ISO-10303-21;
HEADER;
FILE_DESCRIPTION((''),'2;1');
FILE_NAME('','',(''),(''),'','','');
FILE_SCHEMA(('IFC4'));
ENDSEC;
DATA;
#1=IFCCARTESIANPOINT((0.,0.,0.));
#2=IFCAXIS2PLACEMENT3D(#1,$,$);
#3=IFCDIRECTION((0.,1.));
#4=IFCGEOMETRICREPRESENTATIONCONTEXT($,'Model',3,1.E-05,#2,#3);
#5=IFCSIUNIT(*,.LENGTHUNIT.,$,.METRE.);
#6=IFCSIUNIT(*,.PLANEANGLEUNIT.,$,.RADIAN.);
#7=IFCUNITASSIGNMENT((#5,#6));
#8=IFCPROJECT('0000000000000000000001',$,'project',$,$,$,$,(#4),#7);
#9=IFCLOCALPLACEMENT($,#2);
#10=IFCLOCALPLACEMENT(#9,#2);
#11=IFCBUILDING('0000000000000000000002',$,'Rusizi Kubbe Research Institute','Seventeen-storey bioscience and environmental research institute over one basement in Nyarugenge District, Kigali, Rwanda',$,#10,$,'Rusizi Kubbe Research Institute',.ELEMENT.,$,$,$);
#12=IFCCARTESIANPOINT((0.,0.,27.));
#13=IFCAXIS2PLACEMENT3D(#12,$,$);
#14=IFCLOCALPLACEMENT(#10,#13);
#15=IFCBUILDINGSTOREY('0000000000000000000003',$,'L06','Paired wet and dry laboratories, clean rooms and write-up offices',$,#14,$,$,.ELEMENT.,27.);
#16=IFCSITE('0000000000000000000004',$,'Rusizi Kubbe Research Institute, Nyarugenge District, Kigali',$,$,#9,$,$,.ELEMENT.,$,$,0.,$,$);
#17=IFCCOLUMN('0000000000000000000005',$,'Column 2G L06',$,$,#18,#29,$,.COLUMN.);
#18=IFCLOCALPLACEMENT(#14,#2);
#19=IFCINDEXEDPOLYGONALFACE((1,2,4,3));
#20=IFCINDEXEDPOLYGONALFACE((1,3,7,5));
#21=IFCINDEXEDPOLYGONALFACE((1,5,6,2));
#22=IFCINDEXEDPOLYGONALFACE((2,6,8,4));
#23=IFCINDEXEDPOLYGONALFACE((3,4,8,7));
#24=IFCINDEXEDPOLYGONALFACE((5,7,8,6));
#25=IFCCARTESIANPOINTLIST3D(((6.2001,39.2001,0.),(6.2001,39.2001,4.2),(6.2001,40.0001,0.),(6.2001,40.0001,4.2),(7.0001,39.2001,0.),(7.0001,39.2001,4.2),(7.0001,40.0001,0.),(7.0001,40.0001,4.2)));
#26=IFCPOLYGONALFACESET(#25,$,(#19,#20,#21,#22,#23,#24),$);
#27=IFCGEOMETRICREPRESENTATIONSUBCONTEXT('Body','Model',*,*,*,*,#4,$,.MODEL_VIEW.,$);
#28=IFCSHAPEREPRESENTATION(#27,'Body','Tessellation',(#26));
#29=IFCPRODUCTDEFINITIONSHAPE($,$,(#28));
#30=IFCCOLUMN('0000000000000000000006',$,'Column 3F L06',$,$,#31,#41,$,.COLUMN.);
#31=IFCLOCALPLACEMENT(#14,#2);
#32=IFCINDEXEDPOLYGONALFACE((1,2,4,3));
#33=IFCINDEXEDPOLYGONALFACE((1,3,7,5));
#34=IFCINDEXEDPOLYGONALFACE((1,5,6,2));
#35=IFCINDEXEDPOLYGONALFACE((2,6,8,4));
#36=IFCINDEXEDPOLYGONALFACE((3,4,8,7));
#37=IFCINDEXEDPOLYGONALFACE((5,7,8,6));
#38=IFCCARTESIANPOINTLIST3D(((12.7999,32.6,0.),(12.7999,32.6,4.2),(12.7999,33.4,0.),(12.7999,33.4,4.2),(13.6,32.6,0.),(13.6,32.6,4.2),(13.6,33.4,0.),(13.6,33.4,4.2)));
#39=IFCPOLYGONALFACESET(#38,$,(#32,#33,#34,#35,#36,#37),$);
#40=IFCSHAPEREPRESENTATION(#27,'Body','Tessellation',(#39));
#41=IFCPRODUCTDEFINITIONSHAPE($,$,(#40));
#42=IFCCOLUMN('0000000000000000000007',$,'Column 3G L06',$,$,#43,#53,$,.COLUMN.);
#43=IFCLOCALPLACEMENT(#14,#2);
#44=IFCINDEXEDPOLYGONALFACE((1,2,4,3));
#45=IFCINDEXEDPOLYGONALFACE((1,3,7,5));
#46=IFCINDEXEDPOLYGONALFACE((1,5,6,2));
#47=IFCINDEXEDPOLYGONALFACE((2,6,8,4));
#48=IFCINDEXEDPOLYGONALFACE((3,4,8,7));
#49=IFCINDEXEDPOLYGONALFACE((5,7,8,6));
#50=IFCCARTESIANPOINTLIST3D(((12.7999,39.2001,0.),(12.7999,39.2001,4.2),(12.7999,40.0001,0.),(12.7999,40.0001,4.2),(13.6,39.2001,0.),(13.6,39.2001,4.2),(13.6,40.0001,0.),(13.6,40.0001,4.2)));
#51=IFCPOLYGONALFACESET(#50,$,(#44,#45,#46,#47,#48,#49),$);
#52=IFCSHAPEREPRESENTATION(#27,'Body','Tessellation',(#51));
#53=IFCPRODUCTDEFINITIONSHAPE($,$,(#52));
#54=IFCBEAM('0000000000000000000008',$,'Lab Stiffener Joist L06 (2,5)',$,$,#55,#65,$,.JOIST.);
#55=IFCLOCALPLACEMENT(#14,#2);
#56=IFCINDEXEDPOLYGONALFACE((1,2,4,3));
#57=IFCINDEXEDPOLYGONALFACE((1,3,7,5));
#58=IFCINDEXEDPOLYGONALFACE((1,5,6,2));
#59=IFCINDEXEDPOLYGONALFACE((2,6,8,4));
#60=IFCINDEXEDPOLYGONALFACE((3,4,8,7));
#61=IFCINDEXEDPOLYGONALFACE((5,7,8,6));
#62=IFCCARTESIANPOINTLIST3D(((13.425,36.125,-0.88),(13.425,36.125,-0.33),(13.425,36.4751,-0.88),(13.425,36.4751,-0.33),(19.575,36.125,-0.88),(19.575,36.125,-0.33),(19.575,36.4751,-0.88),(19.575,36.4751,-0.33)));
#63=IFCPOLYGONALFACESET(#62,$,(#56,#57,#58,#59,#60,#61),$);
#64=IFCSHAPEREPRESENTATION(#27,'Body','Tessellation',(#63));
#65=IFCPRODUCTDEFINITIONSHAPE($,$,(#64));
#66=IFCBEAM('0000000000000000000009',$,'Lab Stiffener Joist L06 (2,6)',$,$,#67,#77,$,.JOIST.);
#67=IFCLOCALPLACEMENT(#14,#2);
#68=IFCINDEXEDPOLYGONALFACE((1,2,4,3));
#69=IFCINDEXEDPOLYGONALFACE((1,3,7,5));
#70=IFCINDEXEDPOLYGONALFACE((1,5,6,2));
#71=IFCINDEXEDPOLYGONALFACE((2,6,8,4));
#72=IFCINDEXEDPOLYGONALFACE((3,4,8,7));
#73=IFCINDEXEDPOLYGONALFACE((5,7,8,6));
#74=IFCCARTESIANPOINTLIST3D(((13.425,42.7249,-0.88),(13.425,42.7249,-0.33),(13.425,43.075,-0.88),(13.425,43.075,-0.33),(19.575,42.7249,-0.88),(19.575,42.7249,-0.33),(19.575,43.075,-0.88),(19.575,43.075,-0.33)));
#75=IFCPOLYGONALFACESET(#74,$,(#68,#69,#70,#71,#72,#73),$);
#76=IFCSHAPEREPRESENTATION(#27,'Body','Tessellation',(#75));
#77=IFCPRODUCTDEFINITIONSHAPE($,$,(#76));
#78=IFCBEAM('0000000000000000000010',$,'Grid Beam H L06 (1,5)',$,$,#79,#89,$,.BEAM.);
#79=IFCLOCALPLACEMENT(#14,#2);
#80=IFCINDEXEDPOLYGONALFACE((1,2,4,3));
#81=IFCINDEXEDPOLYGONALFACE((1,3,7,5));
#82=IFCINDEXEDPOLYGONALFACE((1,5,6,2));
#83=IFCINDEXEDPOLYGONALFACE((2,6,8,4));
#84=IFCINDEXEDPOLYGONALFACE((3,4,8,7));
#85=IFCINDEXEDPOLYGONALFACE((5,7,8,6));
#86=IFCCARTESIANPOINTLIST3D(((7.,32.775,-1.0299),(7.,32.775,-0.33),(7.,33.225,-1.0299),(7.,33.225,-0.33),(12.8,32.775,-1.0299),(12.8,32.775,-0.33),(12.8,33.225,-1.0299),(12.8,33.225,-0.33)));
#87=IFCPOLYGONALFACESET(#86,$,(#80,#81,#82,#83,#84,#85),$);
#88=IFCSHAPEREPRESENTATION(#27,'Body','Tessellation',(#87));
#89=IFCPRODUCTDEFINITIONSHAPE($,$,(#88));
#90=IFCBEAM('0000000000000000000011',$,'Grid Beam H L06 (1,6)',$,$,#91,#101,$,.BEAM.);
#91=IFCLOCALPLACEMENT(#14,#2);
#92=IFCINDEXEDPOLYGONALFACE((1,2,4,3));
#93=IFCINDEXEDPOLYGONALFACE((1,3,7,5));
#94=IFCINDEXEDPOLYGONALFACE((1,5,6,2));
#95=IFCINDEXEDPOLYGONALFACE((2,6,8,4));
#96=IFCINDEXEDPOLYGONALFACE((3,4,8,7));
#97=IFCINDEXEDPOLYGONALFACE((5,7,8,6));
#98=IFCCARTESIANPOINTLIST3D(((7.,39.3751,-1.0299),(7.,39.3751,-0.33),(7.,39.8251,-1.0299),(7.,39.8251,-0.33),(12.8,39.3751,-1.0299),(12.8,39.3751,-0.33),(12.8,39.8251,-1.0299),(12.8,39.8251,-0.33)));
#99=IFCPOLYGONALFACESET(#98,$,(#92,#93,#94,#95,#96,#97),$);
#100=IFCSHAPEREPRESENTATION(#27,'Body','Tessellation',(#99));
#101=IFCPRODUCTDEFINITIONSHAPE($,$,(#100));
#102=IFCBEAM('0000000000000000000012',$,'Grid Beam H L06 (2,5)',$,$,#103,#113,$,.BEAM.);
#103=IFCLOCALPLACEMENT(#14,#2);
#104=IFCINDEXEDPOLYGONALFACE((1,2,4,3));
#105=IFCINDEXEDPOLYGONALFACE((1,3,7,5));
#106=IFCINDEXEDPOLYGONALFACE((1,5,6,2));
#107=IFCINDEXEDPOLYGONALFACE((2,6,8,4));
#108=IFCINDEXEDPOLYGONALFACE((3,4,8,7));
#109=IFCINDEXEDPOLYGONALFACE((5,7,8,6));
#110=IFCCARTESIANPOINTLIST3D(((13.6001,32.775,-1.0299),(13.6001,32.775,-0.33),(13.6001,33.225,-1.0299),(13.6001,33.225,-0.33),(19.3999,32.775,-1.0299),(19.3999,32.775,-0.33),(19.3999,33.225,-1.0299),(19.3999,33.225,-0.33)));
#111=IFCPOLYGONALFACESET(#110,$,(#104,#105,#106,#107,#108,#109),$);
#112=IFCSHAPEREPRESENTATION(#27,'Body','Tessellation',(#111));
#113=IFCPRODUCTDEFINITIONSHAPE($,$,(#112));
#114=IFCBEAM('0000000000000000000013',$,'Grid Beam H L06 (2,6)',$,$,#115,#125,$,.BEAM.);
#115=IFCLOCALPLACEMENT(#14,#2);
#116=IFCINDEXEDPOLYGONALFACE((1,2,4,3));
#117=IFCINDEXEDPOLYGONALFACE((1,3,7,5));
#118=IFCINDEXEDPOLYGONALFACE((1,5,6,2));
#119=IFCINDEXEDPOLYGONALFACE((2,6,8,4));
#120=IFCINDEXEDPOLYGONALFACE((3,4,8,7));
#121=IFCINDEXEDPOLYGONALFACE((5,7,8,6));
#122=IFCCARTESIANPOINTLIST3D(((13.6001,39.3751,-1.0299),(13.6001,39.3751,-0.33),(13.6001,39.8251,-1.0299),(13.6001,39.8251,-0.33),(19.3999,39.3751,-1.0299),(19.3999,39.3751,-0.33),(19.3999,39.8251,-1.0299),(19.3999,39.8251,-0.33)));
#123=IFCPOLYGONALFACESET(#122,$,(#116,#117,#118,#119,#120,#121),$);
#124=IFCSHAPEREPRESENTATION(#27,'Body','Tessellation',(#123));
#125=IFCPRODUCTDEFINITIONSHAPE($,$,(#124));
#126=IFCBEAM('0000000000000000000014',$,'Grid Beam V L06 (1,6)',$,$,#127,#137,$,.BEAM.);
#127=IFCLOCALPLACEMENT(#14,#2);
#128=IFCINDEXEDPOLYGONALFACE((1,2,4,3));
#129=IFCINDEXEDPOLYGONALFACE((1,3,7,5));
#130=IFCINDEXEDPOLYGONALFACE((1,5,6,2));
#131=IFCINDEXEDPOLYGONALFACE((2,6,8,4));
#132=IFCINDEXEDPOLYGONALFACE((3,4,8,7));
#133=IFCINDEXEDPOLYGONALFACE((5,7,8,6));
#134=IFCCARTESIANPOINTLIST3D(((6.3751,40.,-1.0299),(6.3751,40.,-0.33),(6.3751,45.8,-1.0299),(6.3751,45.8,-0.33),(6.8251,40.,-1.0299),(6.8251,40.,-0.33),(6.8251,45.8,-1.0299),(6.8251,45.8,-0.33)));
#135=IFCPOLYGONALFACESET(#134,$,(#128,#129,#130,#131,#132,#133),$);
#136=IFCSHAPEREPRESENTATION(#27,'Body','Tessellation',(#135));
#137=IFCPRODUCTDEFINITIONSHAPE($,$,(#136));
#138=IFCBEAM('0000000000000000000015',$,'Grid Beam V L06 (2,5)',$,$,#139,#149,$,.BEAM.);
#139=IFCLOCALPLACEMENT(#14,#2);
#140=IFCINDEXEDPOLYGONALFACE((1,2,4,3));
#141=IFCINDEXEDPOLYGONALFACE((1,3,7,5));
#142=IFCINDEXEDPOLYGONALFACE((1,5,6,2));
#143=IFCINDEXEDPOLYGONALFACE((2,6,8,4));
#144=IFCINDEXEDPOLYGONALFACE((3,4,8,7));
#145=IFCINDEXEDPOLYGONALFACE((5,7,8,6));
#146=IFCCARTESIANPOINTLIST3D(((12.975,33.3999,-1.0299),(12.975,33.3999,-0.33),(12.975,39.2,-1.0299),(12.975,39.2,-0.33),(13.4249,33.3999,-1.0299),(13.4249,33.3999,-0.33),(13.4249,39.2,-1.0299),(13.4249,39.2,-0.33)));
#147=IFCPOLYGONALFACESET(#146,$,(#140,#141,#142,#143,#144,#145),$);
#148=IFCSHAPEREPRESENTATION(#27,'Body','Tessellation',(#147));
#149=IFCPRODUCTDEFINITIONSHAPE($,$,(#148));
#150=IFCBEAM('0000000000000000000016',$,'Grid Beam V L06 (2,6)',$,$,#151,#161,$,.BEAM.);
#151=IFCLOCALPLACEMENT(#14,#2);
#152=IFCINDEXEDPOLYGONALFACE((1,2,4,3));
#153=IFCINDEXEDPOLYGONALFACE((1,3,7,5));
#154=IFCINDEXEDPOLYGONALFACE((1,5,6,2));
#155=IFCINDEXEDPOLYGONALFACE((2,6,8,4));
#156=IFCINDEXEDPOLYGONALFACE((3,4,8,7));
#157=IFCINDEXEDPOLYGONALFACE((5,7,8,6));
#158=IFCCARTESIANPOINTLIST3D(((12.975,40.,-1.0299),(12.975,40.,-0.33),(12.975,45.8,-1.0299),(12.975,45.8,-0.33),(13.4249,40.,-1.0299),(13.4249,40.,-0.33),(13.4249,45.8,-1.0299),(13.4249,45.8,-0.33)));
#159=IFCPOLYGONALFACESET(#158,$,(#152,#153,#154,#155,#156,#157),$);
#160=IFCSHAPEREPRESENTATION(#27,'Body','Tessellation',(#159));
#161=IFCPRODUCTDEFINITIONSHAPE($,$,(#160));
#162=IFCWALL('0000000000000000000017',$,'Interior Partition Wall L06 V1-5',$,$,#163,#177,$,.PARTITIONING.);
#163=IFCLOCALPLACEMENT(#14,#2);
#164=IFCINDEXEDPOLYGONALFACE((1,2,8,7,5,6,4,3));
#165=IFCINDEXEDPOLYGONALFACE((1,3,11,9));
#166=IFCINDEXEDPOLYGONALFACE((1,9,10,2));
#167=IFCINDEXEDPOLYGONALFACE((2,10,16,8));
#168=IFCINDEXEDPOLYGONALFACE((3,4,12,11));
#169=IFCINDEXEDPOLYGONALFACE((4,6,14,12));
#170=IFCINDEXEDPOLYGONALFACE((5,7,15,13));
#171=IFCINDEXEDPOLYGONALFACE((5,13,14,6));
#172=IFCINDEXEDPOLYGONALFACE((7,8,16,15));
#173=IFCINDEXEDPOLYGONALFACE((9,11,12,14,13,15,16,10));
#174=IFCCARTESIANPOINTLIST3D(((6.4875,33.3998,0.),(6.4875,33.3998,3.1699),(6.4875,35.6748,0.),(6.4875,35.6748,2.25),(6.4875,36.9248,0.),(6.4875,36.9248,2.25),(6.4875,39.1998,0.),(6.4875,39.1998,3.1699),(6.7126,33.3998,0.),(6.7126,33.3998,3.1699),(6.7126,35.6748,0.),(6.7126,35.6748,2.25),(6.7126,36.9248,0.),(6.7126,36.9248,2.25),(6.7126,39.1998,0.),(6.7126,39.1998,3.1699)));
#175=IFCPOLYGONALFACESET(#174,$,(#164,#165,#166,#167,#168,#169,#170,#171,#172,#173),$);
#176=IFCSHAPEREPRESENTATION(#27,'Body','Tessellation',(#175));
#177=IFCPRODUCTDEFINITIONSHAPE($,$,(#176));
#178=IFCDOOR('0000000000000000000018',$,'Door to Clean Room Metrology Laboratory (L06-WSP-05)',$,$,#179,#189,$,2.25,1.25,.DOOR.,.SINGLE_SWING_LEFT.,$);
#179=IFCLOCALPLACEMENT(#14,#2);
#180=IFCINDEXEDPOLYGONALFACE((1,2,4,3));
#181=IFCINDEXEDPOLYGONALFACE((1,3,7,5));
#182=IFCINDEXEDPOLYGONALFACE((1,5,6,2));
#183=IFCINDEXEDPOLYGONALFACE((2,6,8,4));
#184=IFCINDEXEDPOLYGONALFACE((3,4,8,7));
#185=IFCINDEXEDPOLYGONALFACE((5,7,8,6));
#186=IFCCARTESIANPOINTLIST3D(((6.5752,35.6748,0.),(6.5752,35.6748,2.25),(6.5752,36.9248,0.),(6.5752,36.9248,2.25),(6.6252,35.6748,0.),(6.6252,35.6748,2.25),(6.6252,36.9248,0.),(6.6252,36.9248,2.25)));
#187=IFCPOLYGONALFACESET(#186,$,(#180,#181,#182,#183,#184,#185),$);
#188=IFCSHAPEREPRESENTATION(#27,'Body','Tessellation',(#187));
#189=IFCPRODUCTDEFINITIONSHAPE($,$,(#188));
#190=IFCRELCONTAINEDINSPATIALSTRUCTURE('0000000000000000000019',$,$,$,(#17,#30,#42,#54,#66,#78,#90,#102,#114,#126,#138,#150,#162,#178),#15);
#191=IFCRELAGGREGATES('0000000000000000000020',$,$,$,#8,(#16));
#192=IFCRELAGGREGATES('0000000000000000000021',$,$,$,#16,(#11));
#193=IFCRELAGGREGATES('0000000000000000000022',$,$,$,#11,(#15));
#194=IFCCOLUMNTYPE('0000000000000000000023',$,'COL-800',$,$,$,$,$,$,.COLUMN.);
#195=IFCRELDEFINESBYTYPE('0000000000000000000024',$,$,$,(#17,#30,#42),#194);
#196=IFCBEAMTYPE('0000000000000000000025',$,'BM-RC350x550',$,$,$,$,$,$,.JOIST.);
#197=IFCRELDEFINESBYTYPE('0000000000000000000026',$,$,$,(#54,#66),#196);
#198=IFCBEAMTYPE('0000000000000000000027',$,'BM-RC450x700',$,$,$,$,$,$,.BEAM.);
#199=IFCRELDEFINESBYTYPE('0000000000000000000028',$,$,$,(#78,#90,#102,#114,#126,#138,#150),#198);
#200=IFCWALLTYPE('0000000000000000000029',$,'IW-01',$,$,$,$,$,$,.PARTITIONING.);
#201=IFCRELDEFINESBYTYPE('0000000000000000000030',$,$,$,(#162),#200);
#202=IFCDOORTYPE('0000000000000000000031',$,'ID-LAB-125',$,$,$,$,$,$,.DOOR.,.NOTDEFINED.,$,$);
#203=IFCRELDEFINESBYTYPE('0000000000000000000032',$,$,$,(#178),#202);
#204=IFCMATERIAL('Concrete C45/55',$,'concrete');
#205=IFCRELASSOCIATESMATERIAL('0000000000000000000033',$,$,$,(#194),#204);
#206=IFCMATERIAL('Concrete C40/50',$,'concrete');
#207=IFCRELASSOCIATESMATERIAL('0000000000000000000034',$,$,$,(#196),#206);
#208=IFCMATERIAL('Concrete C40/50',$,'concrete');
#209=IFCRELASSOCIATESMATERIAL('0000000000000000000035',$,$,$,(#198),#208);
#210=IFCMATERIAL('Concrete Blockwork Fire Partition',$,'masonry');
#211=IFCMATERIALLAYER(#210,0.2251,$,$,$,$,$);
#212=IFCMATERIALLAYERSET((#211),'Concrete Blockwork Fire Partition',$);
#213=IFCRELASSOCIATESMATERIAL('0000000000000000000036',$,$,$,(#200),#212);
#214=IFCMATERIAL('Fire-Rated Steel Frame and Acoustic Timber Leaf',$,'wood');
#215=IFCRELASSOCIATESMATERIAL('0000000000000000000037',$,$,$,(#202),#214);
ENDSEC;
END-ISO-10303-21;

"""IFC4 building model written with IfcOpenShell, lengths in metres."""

from ifc_helpers import new_model, si_unit, direction, frame, frame_2d, origin, origin_2d, place, context, subcontext, project, spatial, rectangle, extrude, material, layer, layer_set, material_profile, profile_set, type_object, element, fill, save


model = new_model("IFC4")

# Units and contexts
model_context = context("Model", 3, precision=1e-05, world=origin(), true_north=direction((0.0, 1.0)))
body_context = subcontext(model_context, "Body", "Model", "MODEL_VIEW")
ifc_project = project(units=[si_unit("LENGTHUNIT", "METRE"), si_unit("PLANEANGLEUNIT", "RADIAN")], contexts=[model_context])

# Site, building, storey
site_placement = place(None, origin())
site = spatial("IfcSite", under=ifc_project, at=site_placement, Name="Rusizi Kubbe Research Institute, Nyarugenge District, Kigali", CompositionType="ELEMENT", RefElevation=0.0)
building_placement = place(site_placement, origin())
building = spatial("IfcBuilding", under=site, at=building_placement, Name="Rusizi Kubbe Research Institute", Description="Seventeen-storey bioscience and environmental research institute over one basement in Nyarugenge District, Kigali, Rwanda", LongName="Rusizi Kubbe Research Institute", CompositionType="ELEMENT")
storey_placement = place(building_placement, frame((0.0, 0.0, 27.0)))
storey = spatial("IfcBuildingStorey", under=building, at=storey_placement, Name="L06", Description="Paired wet and dry laboratories, clean rooms and write-up offices", CompositionType="ELEMENT", Elevation=27.0)

# Columns
ifc_material_1 = material(Name="Concrete C45/55", Category="concrete")
ifc_material_profile_1 = material_profile(ifc_material_1, rectangle(XDim=0.8, YDim=0.8, at=origin_2d()), Name="RC800x800")
ifc_profile_set_1 = profile_set([ifc_material_profile_1], Name="Concrete C45/55")
column_type = type_object("IfcColumnType", Name="COL-800", PredefinedType="COLUMN", material=ifc_profile_set_1)
for number, where, z_axis, x_axis, name in (
    (1, (6.6001, 39.6001, 0.0), (0.0, 0.0, 1.0), (1.0, 0.0, 0.0), "Column 2G L06"),
    (2, (13.2, 33.0, 0.0), (0.0, 0.0, 1.0), (1.0, 0.0, 0.0), "Column 3F L06"),
    (3, (13.2, 39.6001, 0.0), (0.0, 0.0, 1.0), (1.0, 0.0, 0.0), "Column 3G L06"),
):
    element("IfcColumn", number, at=place(storey_placement, frame(where, z_axis=z_axis, x_axis=x_axis)), inside=storey, type_object=column_type, Name=name, PredefinedType="COLUMN", context=body_context, shape_type="SweptSolid", body=[
        extrude(rectangle(XDim=0.8, YDim=0.8, at=origin_2d()), origin(), (0.0, 0.0, 1.0), 4.2),
    ])

# Beams
ifc_material_2 = material(Name="Concrete C40/50", Category="concrete")
ifc_material_profile_2 = material_profile(ifc_material_2, rectangle(XDim=0.3501, YDim=0.55, at=origin_2d()), Name="RC350x550")
ifc_profile_set_2 = profile_set([ifc_material_profile_2], Name="Concrete C40/50")
beam_type_1 = type_object("IfcBeamType", Name="BM-RC350x550", PredefinedType="JOIST", material=ifc_profile_set_2)
for number, where, z_axis, x_axis, name in (
    (4, (13.425, 36.3, -0.605), (1.0, 0.0, 0.0), (0.0, 1.0, 0.0), "Lab Stiffener Joist L06 (2,5)"),
    (5, (13.425, 42.8999, -0.605), (1.0, 0.0, 0.0), (0.0, 1.0, 0.0), "Lab Stiffener Joist L06 (2,6)"),
):
    element("IfcBeam", number, at=place(storey_placement, frame(where, z_axis=z_axis, x_axis=x_axis)), inside=storey, type_object=beam_type_1, Name=name, PredefinedType="JOIST", context=body_context, shape_type="SweptSolid", body=[
        extrude(rectangle(XDim=0.3501, YDim=0.55, at=origin_2d()), origin(), (0.0, 0.0, 1.0), 6.1499),
    ])
ifc_material_3 = material(Name="Concrete C40/50", Category="concrete")
ifc_material_profile_3 = material_profile(ifc_material_3, rectangle(XDim=0.45, YDim=0.7, at=origin_2d()), Name="RC450x700B")
ifc_profile_set_3 = profile_set([ifc_material_profile_3], Name="Concrete C40/50")
beam_type_2 = type_object("IfcBeamType", Name="BM-RC450x700", PredefinedType="BEAM", material=ifc_profile_set_3)
for number, where, z_axis, x_axis, name in (
    (6, (7.0, 33.0, -0.6799), (1.0, 0.0, 0.0), (0.0, 1.0, 0.0), "Grid Beam H L06 (1,5)"),
    (7, (7.0, 39.6001, -0.6799), (1.0, 0.0, 0.0), (0.0, 1.0, 0.0), "Grid Beam H L06 (1,6)"),
):
    element("IfcBeam", number, at=place(storey_placement, frame(where, z_axis=z_axis, x_axis=x_axis)), inside=storey, type_object=beam_type_2, Name=name, PredefinedType="BEAM", context=body_context, shape_type="SweptSolid", body=[
        extrude(rectangle(XDim=0.45, YDim=0.7, at=origin_2d()), origin(), (0.0, 0.0, 1.0), 5.8),
    ])
for number, where, z_axis, x_axis, name in (
    (8, (13.6001, 33.0, -0.6799), (1.0, 0.0, 0.0), (0.0, 1.0, 0.0), "Grid Beam H L06 (2,5)"),
    (9, (13.6001, 39.6001, -0.6799), (1.0, 0.0, 0.0), (0.0, 1.0, 0.0), "Grid Beam H L06 (2,6)"),
):
    element("IfcBeam", number, at=place(storey_placement, frame(where, z_axis=z_axis, x_axis=x_axis)), inside=storey, type_object=beam_type_2, Name=name, PredefinedType="BEAM", context=body_context, shape_type="SweptSolid", body=[
        extrude(rectangle(XDim=0.45, YDim=0.7, at=origin_2d()), origin(), (0.0, 0.0, 1.0), 5.7998),
    ])
for number, where, z_axis, x_axis, name in (
    (10, (6.6001, 40.0, -0.6799), (0.0, 1.0, 0.0), (-1.0, 0.0, 0.0), "Grid Beam V L06 (1,6)"),
    (11, (13.2, 33.3999, -0.6799), (0.0, 1.0, 0.0), (-1.0, 0.0, 0.0), "Grid Beam V L06 (2,5)"),
    (12, (13.2, 40.0, -0.6799), (0.0, 1.0, 0.0), (-1.0, 0.0, 0.0), "Grid Beam V L06 (2,6)"),
):
    element("IfcBeam", number, at=place(storey_placement, frame(where, z_axis=z_axis, x_axis=x_axis)), inside=storey, type_object=beam_type_2, Name=name, PredefinedType="BEAM", context=body_context, shape_type="SweptSolid", body=[
        extrude(rectangle(XDim=0.45, YDim=0.7, at=origin_2d()), origin(), (0.0, 0.0, 1.0), 5.8),
    ])

# Wall, opening, door
ifc_material_4 = material(Name="Concrete Blockwork Fire Partition", Category="masonry")
ifc_layer_1 = layer(ifc_material_4, 0.2251)
ifc_layer_set_1 = layer_set([ifc_layer_1], Name="Concrete Blockwork Fire Partition")
wall_type_1 = type_object("IfcWallType", Name="IW-01", PredefinedType="PARTITIONING", material=ifc_layer_set_1)
wall_1_placement = place(storey_placement, frame((6.6001, 33.3999, 0.0), z_axis=(0.0, 0.0, 1.0), x_axis=(0.0, 1.0, 0.0)))
wall_1 = element("IfcWall", 13, at=wall_1_placement, inside=storey, type_object=wall_type_1, Name="Interior Partition Wall L06 V1-5", PredefinedType="PARTITIONING", context=body_context, shape_type="SweptSolid", body=[
    extrude(rectangle(XDim=5.8, YDim=0.2251, at=frame_2d((2.8999, 0.0))), origin(), (0.0, 0.0, 1.0), 3.1699),
])
opening_1_placement = place(wall_1_placement, frame((2.2749, 0.0, 0.0)))
opening_1 = element("IfcOpeningElement", 14, at=opening_1_placement, cuts=wall_1, PredefinedType="OPENING", context=body_context, shape_type="SweptSolid", body=[
    extrude(rectangle(XDim=1.25, YDim=2.25, at=frame_2d((0.625, 1.125))), frame((0.0, 0.1226, 0.0), z_axis=(0.0, -1.0, 0.0), x_axis=(1.0, 0.0, 0.0)), (0.0, 0.0, 1.0), 0.2451),
])
ifc_material_5 = material(Name="Fire-Rated Steel Frame and Acoustic Timber Leaf", Category="wood")
door_type_1 = type_object("IfcDoorType", Name="ID-LAB-125", OperationType="NOTDEFINED", PredefinedType="DOOR", material=ifc_material_5)
door_1_placement = place(opening_1_placement, origin())
door_1 = element("IfcDoor", 15, at=door_1_placement, inside=storey, type_object=door_type_1, Name="Door to Clean Room Metrology Laboratory (L06-WSP-05)", OperationType="SINGLE_SWING_LEFT", OverallHeight=2.25, OverallWidth=1.25, PredefinedType="DOOR", context=body_context, shape_type="SweptSolid", body=[
    extrude(rectangle(XDim=1.25, YDim=2.25, at=frame_2d((0.625, 1.125))), frame((0.0, 0.0249, 0.0), z_axis=(0.0, -1.0, 0.0), x_axis=(1.0, 0.0, 0.0)), (0.0, 0.0, 1.0), 0.05),
])
fill(opening_1, door_1)

save(model, "model.ifc")
